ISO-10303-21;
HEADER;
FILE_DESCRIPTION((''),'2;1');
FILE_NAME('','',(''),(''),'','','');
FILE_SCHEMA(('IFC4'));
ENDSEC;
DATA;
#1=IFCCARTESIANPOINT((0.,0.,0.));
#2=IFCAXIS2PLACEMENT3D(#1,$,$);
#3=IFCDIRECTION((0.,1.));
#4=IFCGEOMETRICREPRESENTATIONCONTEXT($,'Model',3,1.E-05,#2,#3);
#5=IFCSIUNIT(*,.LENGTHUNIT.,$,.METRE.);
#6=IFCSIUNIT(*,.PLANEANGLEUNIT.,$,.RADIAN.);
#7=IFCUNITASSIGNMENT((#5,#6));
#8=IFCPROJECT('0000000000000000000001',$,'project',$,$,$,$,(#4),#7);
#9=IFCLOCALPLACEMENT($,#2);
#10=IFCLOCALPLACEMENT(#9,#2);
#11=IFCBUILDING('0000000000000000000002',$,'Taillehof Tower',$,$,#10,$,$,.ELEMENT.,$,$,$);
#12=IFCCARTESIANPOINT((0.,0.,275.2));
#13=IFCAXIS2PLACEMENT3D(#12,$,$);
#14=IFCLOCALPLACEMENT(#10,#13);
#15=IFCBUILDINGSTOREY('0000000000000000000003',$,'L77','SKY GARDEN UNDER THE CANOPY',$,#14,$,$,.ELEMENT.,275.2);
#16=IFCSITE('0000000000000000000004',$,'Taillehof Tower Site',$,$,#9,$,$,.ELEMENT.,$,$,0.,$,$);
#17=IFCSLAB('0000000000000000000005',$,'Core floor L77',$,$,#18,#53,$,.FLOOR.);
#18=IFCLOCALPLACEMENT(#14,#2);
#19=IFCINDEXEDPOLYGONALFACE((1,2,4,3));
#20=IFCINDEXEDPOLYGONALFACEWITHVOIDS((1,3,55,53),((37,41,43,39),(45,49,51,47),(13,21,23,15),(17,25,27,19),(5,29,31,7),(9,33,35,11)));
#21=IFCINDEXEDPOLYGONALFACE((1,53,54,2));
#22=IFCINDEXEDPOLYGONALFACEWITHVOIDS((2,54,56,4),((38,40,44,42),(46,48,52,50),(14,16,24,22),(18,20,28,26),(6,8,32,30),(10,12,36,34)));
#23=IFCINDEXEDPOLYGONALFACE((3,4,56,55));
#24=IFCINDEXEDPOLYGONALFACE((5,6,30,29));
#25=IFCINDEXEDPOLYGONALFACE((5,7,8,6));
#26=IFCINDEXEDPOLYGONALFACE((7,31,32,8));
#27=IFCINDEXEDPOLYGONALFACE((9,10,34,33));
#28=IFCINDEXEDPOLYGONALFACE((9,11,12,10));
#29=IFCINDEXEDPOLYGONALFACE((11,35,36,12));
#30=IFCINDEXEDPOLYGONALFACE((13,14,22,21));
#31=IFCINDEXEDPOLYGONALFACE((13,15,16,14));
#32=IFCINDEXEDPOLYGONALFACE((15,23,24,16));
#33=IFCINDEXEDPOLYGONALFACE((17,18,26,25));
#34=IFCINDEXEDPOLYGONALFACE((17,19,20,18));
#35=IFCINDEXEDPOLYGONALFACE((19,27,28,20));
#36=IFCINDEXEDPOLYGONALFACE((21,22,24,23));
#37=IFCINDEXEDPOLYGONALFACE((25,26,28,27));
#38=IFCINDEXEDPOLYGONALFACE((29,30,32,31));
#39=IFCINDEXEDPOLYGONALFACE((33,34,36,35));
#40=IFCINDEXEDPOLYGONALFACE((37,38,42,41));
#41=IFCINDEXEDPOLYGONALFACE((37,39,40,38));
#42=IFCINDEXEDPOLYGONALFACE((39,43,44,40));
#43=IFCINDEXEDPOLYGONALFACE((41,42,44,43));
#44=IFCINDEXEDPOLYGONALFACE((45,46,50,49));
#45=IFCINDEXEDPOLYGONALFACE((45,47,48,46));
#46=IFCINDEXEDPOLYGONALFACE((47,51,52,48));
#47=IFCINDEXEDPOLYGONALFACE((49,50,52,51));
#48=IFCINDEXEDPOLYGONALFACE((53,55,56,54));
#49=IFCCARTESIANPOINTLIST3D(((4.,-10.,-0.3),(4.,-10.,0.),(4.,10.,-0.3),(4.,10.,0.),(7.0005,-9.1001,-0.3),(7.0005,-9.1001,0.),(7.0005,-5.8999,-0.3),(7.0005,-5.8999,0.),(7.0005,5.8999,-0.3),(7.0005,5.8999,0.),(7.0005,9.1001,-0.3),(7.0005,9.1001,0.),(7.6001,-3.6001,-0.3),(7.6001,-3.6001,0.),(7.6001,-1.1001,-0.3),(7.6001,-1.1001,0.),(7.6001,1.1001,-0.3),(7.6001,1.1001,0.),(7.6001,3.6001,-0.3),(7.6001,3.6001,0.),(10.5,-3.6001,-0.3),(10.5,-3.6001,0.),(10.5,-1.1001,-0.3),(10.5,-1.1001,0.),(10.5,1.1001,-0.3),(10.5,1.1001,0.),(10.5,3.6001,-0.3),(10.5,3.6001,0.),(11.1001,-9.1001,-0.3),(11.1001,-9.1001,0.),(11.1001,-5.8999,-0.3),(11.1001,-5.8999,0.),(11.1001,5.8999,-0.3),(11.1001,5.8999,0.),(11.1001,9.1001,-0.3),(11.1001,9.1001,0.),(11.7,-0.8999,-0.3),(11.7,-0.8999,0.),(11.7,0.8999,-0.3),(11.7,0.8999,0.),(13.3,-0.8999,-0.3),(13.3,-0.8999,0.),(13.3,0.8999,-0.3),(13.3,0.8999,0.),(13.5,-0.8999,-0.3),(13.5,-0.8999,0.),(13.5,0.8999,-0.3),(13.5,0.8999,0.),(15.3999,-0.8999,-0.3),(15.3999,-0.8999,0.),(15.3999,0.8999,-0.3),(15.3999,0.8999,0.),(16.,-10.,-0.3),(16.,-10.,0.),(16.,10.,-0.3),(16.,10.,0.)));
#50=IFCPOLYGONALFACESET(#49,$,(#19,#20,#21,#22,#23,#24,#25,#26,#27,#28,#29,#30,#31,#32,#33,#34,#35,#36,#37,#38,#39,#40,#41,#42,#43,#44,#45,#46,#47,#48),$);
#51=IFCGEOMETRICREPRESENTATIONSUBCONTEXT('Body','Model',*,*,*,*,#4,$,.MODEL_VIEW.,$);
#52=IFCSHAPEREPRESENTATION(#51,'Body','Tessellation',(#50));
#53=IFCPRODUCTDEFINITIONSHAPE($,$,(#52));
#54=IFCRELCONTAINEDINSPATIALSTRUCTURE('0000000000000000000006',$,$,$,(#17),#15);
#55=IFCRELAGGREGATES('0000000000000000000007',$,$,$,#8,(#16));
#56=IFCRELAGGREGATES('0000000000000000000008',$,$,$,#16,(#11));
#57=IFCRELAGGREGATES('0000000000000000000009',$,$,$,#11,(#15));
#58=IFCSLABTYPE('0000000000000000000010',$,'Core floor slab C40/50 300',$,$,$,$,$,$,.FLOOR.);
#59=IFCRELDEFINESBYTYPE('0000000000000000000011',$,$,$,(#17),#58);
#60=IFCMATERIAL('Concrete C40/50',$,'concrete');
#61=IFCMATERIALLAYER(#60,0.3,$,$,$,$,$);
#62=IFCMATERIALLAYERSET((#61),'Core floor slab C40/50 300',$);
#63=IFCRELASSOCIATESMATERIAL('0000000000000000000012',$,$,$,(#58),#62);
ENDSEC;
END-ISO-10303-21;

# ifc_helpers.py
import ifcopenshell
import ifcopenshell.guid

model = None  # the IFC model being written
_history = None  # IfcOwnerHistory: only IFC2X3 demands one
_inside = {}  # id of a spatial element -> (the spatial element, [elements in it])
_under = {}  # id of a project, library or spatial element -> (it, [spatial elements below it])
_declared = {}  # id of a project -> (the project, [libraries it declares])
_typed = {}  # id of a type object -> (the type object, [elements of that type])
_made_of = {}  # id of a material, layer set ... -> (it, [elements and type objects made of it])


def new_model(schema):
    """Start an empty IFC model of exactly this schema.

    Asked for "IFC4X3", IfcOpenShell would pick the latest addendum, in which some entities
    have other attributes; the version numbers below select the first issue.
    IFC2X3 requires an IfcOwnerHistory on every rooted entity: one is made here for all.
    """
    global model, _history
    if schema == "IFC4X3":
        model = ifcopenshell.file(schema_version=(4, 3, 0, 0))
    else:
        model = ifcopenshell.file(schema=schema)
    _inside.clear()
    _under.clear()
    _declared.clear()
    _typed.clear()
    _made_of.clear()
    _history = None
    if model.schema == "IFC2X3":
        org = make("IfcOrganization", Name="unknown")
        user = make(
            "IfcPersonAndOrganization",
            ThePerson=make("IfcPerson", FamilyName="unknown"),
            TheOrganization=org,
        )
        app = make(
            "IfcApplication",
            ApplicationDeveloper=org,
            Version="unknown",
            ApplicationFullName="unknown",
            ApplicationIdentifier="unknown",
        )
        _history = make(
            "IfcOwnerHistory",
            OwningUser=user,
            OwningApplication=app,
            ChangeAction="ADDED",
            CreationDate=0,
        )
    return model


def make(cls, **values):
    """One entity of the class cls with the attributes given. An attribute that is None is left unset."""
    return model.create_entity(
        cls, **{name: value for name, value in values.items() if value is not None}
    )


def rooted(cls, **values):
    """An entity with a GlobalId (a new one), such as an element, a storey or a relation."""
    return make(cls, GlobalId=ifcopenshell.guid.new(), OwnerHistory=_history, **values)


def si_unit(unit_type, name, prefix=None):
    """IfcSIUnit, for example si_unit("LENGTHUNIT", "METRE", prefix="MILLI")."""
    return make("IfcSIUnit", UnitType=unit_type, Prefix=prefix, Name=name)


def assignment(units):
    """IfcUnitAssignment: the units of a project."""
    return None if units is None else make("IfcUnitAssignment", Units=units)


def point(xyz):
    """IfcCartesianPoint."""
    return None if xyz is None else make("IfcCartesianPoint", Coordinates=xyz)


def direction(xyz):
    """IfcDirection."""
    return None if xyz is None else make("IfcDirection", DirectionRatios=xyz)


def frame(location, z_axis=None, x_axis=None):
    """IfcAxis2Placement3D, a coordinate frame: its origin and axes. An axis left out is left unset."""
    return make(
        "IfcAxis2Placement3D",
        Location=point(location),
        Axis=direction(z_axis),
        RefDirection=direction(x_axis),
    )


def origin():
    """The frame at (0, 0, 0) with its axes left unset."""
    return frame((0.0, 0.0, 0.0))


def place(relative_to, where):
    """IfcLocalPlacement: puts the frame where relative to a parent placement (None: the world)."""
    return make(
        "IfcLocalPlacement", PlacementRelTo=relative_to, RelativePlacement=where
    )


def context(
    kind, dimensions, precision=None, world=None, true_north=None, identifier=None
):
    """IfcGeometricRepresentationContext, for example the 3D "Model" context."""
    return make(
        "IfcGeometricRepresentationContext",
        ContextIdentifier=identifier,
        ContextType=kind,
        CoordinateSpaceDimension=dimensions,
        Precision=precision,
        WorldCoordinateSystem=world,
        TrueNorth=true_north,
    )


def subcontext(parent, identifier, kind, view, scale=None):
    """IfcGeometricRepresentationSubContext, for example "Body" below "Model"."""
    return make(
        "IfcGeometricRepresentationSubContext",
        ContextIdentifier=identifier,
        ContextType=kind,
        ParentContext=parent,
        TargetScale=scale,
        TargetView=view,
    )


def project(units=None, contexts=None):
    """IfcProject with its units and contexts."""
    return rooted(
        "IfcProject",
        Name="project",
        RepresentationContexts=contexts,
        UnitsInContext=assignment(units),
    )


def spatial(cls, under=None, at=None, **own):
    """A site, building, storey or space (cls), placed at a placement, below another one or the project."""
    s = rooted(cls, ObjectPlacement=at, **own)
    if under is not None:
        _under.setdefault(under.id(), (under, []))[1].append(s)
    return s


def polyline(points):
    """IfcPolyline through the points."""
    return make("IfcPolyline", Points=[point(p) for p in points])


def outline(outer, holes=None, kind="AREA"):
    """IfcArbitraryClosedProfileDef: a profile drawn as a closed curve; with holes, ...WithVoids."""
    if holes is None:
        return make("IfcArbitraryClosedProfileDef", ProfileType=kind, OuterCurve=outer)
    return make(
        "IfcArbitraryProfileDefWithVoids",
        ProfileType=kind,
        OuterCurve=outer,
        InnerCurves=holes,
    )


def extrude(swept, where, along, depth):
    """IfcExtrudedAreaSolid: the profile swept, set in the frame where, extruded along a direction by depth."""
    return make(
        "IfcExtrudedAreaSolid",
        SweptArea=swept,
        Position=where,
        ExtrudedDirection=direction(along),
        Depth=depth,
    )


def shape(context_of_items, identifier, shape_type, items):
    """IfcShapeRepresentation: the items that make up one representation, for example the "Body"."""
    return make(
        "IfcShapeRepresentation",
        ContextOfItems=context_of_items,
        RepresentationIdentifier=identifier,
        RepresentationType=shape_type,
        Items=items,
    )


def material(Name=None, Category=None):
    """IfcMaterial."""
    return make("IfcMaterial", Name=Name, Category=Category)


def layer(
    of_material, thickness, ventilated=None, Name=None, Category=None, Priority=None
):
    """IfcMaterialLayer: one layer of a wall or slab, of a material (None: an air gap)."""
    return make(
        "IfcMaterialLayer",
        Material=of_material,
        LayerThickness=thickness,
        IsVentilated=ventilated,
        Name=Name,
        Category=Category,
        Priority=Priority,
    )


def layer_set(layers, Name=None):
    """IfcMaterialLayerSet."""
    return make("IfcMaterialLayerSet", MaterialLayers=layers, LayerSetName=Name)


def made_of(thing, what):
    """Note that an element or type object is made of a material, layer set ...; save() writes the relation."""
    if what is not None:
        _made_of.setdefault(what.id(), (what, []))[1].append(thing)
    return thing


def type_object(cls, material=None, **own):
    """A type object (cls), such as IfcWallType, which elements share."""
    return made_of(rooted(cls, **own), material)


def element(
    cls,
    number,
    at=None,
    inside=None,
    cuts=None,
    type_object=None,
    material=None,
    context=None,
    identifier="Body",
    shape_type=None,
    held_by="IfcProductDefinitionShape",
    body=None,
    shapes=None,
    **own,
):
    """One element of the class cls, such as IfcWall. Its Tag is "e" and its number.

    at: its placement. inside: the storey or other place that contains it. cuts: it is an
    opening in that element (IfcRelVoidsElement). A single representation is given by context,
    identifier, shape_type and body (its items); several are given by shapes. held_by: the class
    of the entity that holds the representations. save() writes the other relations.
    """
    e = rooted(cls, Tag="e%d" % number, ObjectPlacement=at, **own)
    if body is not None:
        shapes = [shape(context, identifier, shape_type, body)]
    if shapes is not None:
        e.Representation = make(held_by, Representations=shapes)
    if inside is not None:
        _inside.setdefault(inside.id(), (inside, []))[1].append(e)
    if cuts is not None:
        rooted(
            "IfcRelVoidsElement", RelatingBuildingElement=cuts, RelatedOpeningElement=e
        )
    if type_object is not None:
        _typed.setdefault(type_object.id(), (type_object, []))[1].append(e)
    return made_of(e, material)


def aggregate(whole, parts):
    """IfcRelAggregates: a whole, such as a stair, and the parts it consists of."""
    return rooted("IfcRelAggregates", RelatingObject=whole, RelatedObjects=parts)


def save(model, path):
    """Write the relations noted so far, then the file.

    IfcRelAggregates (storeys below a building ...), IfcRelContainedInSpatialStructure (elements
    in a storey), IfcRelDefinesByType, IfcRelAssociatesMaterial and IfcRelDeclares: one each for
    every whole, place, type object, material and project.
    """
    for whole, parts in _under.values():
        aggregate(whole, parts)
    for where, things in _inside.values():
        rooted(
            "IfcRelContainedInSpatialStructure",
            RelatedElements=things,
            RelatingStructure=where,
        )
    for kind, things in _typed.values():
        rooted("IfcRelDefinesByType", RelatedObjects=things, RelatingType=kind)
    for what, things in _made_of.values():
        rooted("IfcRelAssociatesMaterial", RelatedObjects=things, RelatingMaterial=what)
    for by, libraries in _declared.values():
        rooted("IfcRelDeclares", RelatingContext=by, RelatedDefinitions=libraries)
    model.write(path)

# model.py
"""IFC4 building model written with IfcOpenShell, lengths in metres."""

from ifc_helpers import new_model, si_unit, direction, frame, origin, place, context, subcontext, project, spatial, polyline, outline, extrude, material, layer, layer_set, type_object, element, save


model = new_model("IFC4")

# Units and contexts
model_context = context("Model", 3, precision=1e-05, world=origin(), true_north=direction((0.0, 1.0)))
body_context = subcontext(model_context, "Body", "Model", "MODEL_VIEW")
ifc_project = project(units=[si_unit("LENGTHUNIT", "METRE"), si_unit("PLANEANGLEUNIT", "RADIAN")], contexts=[model_context])

# Site, building, storey
site_placement = place(None, origin())
site = spatial("IfcSite", under=ifc_project, at=site_placement, Name="Taillehof Tower Site", CompositionType="ELEMENT", RefElevation=0.0)
building_placement = place(site_placement, origin())
building = spatial("IfcBuilding", under=site, at=building_placement, Name="Taillehof Tower", CompositionType="ELEMENT")
storey_placement = place(building_placement, frame((0.0, 0.0, 275.2)))
storey = spatial("IfcBuildingStorey", under=building, at=storey_placement, Name="L77", Description="SKY GARDEN UNDER THE CANOPY", CompositionType="ELEMENT", Elevation=275.2)

# Slab
ifc_material_1 = material(Name="Concrete C40/50", Category="concrete")
ifc_layer_1 = layer(ifc_material_1, 0.3)
ifc_layer_set_1 = layer_set([ifc_layer_1], Name="Core floor slab C40/50 300")
slab_type_1 = type_object("IfcSlabType", Name="Core floor slab C40/50 300", PredefinedType="FLOOR", material=ifc_layer_set_1)
slab_1_placement = place(storey_placement, frame((0.0, 0.0, -0.3)))
element("IfcSlab", 1, at=slab_1_placement, inside=storey, type_object=slab_type_1, Name="Core floor L77", PredefinedType="FLOOR", context=body_context, shape_type="SweptSolid", body=[
    extrude(outline(polyline([(4.0, -10.0), (4.0, 10.0), (16.0, 10.0), (16.0, -10.0), (4.0, -10.0)]), holes=[polyline([(11.1001, -5.8999), (7.0005, -5.8999), (7.0005, -9.1001), (11.1001, -9.1001), (11.1001, -5.8999)]), polyline([(10.5, -1.1001), (7.6001, -1.1001), (7.6001, -3.6001), (10.5, -3.6001), (10.5, -1.1001)]), polyline([(13.3, 0.8999), (11.7, 0.8999), (11.7, -0.8999), (13.3, -0.8999), (13.3, 0.8999)]), polyline([(13.5, 0.8999), (13.5, -0.8999), (15.3999, -0.8999), (15.3999, 0.8999), (13.5, 0.8999)]), polyline([(10.5, 3.6001), (7.6001, 3.6001), (7.6001, 1.1001), (10.5, 1.1001), (10.5, 3.6001)]), polyline([(11.1001, 9.1001), (7.0005, 9.1001), (7.0005, 5.8999), (11.1001, 5.8999), (11.1001, 9.1001)])]), origin(), (0.0, 0.0, 1.0), 0.3),
])

save(model, "model.ifc")
